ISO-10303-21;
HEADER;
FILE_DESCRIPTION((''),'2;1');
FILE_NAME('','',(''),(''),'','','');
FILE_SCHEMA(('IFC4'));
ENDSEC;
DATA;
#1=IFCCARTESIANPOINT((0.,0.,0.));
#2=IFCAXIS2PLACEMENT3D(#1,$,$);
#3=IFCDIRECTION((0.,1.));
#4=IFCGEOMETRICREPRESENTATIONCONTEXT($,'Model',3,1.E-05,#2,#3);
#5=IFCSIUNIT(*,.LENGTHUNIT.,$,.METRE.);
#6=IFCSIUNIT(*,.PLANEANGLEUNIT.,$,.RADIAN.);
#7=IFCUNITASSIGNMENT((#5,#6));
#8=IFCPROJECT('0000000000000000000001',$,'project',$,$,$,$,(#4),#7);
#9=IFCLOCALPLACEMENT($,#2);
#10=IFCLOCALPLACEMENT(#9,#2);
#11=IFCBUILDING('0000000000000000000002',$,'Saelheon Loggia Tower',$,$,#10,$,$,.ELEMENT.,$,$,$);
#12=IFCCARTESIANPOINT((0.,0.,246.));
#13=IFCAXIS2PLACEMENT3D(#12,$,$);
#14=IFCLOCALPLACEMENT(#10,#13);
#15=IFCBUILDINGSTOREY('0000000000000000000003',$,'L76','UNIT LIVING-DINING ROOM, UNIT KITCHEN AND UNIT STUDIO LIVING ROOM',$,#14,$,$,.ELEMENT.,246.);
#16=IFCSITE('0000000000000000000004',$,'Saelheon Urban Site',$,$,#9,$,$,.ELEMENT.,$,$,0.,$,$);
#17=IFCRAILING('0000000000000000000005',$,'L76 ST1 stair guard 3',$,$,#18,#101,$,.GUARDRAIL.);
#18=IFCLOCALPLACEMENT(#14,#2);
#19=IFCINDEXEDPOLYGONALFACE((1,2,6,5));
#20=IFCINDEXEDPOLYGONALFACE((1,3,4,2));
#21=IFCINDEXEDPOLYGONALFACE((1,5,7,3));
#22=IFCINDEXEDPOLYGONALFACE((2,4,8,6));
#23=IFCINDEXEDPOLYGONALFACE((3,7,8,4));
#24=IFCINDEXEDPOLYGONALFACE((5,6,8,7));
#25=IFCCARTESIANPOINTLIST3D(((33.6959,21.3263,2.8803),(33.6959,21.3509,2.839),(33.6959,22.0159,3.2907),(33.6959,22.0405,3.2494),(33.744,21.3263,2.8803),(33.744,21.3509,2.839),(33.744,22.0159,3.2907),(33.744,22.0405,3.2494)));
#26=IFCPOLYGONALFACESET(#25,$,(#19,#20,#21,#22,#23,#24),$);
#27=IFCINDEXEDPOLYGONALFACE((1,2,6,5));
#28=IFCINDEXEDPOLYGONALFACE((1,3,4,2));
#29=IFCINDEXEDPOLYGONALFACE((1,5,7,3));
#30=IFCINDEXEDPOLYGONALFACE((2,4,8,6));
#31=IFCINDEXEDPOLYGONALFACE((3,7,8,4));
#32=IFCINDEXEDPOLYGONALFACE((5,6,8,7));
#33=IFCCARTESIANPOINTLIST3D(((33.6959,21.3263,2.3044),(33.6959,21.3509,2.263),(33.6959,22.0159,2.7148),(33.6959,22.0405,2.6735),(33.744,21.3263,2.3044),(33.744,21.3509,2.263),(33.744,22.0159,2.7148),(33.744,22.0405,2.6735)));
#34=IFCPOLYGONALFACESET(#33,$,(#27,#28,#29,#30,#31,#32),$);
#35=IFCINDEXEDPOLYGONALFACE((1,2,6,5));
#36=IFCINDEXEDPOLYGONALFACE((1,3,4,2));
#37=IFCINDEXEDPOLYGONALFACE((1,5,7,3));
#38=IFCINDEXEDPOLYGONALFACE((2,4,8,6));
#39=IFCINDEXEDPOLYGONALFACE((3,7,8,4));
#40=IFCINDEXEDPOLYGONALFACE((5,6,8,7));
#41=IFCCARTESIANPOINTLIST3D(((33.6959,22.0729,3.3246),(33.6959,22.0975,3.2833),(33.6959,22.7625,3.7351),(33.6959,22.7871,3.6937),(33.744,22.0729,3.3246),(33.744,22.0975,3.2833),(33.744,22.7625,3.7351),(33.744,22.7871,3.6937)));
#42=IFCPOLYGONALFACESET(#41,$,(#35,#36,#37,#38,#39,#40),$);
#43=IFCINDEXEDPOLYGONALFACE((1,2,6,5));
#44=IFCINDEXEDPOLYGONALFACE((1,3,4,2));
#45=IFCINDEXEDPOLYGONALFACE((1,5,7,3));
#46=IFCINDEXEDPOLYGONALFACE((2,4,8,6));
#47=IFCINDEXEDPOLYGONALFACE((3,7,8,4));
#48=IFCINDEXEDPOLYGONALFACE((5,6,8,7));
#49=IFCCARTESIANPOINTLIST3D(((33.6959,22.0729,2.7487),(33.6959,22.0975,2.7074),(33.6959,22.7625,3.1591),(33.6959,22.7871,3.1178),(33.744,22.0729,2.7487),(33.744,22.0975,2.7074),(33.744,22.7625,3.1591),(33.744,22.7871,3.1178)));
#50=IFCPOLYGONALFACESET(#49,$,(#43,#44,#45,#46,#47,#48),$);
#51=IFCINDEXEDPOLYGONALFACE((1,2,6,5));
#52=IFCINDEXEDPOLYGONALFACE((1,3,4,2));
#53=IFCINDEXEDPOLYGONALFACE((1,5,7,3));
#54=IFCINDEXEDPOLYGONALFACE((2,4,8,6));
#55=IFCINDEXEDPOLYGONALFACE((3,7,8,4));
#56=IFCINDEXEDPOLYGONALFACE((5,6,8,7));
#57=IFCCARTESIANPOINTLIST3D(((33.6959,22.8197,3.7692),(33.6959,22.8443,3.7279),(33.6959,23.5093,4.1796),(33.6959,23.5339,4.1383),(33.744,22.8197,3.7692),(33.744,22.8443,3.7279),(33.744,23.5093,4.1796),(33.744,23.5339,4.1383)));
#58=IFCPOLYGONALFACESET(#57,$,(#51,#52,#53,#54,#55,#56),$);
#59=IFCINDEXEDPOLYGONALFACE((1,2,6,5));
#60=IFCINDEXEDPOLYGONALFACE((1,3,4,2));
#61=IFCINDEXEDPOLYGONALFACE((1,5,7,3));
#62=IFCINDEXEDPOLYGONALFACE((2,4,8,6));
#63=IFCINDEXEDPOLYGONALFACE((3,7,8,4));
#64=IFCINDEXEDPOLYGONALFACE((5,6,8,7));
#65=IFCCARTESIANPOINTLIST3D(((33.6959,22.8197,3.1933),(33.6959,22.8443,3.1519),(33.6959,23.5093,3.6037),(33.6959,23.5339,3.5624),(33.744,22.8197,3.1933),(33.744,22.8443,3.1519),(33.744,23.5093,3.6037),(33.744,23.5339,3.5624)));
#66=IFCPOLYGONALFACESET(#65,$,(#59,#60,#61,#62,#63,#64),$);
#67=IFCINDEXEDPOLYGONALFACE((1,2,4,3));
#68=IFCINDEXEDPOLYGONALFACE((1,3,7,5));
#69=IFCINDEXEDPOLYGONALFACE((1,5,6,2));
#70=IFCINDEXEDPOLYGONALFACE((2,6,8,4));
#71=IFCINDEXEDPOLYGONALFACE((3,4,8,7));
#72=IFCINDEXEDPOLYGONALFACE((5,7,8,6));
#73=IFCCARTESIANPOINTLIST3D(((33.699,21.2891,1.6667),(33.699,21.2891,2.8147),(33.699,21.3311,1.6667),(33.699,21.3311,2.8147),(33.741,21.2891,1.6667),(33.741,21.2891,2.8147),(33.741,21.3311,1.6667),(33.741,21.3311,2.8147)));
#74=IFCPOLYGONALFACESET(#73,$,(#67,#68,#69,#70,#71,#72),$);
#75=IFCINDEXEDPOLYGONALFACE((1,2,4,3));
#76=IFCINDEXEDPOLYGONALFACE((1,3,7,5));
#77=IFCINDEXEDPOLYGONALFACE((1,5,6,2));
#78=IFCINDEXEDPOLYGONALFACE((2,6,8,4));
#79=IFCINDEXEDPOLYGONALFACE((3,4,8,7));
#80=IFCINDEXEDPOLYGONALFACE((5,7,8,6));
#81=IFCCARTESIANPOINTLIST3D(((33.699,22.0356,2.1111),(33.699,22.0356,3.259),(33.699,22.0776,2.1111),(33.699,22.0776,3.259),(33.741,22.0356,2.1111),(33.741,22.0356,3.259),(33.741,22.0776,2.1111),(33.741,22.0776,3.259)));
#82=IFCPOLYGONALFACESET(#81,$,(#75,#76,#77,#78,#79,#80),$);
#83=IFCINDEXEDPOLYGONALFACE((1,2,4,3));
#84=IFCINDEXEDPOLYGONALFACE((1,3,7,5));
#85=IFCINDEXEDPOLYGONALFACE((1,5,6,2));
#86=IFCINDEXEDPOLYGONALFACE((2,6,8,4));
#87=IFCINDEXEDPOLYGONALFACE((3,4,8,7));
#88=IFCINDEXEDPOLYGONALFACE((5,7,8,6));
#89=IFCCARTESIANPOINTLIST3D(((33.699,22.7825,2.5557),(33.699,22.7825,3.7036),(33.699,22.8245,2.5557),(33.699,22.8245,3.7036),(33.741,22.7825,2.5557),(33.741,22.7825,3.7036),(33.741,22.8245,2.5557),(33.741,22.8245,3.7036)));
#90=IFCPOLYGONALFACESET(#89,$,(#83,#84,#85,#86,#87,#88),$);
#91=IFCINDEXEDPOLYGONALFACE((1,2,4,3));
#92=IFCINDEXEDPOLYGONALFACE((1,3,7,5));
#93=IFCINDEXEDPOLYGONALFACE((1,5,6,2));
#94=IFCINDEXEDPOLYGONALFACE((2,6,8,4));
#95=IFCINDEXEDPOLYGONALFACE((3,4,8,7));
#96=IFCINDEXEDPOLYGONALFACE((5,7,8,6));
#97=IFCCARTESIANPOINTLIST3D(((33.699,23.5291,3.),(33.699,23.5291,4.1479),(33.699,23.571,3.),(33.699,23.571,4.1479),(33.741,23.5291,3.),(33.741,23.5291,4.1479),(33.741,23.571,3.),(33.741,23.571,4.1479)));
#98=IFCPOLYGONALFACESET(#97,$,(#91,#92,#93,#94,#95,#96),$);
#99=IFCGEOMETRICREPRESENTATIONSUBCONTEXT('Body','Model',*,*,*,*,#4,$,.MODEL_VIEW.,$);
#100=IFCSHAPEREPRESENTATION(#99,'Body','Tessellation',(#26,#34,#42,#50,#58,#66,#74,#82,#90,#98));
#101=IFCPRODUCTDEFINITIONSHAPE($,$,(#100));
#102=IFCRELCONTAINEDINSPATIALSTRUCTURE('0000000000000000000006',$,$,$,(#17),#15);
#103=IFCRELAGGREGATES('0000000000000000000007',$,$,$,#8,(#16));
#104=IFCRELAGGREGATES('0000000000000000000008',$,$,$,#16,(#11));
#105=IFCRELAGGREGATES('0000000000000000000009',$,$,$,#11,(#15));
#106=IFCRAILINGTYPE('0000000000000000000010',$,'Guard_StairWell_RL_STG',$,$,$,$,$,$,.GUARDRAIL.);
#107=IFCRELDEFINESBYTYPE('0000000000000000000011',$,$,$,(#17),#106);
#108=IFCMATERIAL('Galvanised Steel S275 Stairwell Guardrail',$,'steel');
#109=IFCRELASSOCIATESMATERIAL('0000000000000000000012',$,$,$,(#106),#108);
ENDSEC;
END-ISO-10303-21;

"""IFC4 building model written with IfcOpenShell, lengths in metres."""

from ifc_helpers import new_model, si_unit, direction, frame, origin, origin_2d, place, context, subcontext, project, spatial, rectangle, extrude, material, type_object, element, save


model = new_model("IFC4")

# Units and contexts
model_context = context("Model", 3, precision=1e-05, world=origin(), true_north=direction((0.0, 1.0)))
body_context = subcontext(model_context, "Body", "Model", "MODEL_VIEW")
ifc_project = project(units=[si_unit("LENGTHUNIT", "METRE"), si_unit("PLANEANGLEUNIT", "RADIAN")], contexts=[model_context])

# Site, building, storey
site_placement = place(None, origin())
site = spatial("IfcSite", under=ifc_project, at=site_placement, Name="Saelheon Urban Site", CompositionType="ELEMENT", RefElevation=0.0)
building_placement = place(site_placement, origin())
building = spatial("IfcBuilding", under=site, at=building_placement, Name="Saelheon Loggia Tower", CompositionType="ELEMENT")
storey_placement = place(building_placement, frame((0.0, 0.0, 246.0)))
storey = spatial("IfcBuildingStorey", under=building, at=storey_placement, Name="L76", Description="UNIT LIVING-DINING ROOM, UNIT KITCHEN AND UNIT STUDIO LIVING ROOM", CompositionType="ELEMENT", Elevation=246.0)

# Railing
ifc_material_1 = material(Name="Galvanised Steel S275 Stairwell Guardrail", Category="steel")
railing_type = type_object("IfcRailingType", Name="Guard_StairWell_RL_STG", PredefinedType="GUARDRAIL", material=ifc_material_1)
railing_1_placement = place(storey_placement, frame((33.72, 21.3101, 1.6667)))
element("IfcRailing", 1, at=railing_1_placement, inside=storey, type_object=railing_type, Name="L76 ST1 stair guard 3", PredefinedType="GUARDRAIL", context=body_context, shape_type="SweptSolid", body=[
    extrude(rectangle(XDim=0.0481, YDim=0.0481, at=origin_2d()), frame((0.0, 0.0286, 1.1929), z_axis=(0.0, 0.859306, 0.511462), x_axis=(-1.0, 0.0, 0.0)), (0.0, 0.0, 1.0), 0.8025),
    extrude(rectangle(XDim=0.0481, YDim=0.0481, at=origin_2d()), frame((0.0, 0.0286, 0.6169), z_axis=(0.0, 0.859306, 0.511462), x_axis=(-1.0, 0.0, 0.0)), (0.0, 0.0, 1.0), 0.8025),
    extrude(rectangle(XDim=0.0481, YDim=0.0481, at=origin_2d()), frame((0.0, 0.7751, 1.6372), z_axis=(0.0, 0.859306, 0.511462), x_axis=(-1.0, 0.0, 0.0)), (0.0, 0.0, 1.0), 0.8025),
    extrude(rectangle(XDim=0.0481, YDim=0.0481, at=origin_2d()), frame((0.0, 0.7751, 1.0613), z_axis=(0.0, 0.859306, 0.511462), x_axis=(-1.0, 0.0, 0.0)), (0.0, 0.0, 1.0), 0.8025),
    extrude(rectangle(XDim=0.0481, YDim=0.0481, at=origin_2d()), frame((0.0, 1.522, 2.0818), z_axis=(0.0, 0.859306, 0.511462), x_axis=(-1.0, 0.0, 0.0)), (0.0, 0.0, 1.0), 0.8025),
    extrude(rectangle(XDim=0.0481, YDim=0.0481, at=origin_2d()), frame((0.0, 1.522, 1.5059), z_axis=(0.0, 0.859306, 0.511462), x_axis=(-1.0, 0.0, 0.0)), (0.0, 0.0, 1.0), 0.8025),
    extrude(rectangle(XDim=0.042, YDim=0.042, at=origin_2d()), origin(), (0.0, 0.0, 1.0), 1.1479),
    extrude(rectangle(XDim=0.042, YDim=0.042, at=origin_2d()), frame((0.0, 0.7466, 0.4443)), (0.0, 0.0, 1.0), 1.1479),
    extrude(rectangle(XDim=0.042, YDim=0.042, at=origin_2d()), frame((0.0, 1.4934, 0.8889)), (0.0, 0.0, 1.0), 1.1479),
    extrude(rectangle(XDim=0.042, YDim=0.042, at=origin_2d()), frame((0.0, 2.24, 1.3333)), (0.0, 0.0, 1.0), 1.1479),
])

save(model, "model.ifc")
